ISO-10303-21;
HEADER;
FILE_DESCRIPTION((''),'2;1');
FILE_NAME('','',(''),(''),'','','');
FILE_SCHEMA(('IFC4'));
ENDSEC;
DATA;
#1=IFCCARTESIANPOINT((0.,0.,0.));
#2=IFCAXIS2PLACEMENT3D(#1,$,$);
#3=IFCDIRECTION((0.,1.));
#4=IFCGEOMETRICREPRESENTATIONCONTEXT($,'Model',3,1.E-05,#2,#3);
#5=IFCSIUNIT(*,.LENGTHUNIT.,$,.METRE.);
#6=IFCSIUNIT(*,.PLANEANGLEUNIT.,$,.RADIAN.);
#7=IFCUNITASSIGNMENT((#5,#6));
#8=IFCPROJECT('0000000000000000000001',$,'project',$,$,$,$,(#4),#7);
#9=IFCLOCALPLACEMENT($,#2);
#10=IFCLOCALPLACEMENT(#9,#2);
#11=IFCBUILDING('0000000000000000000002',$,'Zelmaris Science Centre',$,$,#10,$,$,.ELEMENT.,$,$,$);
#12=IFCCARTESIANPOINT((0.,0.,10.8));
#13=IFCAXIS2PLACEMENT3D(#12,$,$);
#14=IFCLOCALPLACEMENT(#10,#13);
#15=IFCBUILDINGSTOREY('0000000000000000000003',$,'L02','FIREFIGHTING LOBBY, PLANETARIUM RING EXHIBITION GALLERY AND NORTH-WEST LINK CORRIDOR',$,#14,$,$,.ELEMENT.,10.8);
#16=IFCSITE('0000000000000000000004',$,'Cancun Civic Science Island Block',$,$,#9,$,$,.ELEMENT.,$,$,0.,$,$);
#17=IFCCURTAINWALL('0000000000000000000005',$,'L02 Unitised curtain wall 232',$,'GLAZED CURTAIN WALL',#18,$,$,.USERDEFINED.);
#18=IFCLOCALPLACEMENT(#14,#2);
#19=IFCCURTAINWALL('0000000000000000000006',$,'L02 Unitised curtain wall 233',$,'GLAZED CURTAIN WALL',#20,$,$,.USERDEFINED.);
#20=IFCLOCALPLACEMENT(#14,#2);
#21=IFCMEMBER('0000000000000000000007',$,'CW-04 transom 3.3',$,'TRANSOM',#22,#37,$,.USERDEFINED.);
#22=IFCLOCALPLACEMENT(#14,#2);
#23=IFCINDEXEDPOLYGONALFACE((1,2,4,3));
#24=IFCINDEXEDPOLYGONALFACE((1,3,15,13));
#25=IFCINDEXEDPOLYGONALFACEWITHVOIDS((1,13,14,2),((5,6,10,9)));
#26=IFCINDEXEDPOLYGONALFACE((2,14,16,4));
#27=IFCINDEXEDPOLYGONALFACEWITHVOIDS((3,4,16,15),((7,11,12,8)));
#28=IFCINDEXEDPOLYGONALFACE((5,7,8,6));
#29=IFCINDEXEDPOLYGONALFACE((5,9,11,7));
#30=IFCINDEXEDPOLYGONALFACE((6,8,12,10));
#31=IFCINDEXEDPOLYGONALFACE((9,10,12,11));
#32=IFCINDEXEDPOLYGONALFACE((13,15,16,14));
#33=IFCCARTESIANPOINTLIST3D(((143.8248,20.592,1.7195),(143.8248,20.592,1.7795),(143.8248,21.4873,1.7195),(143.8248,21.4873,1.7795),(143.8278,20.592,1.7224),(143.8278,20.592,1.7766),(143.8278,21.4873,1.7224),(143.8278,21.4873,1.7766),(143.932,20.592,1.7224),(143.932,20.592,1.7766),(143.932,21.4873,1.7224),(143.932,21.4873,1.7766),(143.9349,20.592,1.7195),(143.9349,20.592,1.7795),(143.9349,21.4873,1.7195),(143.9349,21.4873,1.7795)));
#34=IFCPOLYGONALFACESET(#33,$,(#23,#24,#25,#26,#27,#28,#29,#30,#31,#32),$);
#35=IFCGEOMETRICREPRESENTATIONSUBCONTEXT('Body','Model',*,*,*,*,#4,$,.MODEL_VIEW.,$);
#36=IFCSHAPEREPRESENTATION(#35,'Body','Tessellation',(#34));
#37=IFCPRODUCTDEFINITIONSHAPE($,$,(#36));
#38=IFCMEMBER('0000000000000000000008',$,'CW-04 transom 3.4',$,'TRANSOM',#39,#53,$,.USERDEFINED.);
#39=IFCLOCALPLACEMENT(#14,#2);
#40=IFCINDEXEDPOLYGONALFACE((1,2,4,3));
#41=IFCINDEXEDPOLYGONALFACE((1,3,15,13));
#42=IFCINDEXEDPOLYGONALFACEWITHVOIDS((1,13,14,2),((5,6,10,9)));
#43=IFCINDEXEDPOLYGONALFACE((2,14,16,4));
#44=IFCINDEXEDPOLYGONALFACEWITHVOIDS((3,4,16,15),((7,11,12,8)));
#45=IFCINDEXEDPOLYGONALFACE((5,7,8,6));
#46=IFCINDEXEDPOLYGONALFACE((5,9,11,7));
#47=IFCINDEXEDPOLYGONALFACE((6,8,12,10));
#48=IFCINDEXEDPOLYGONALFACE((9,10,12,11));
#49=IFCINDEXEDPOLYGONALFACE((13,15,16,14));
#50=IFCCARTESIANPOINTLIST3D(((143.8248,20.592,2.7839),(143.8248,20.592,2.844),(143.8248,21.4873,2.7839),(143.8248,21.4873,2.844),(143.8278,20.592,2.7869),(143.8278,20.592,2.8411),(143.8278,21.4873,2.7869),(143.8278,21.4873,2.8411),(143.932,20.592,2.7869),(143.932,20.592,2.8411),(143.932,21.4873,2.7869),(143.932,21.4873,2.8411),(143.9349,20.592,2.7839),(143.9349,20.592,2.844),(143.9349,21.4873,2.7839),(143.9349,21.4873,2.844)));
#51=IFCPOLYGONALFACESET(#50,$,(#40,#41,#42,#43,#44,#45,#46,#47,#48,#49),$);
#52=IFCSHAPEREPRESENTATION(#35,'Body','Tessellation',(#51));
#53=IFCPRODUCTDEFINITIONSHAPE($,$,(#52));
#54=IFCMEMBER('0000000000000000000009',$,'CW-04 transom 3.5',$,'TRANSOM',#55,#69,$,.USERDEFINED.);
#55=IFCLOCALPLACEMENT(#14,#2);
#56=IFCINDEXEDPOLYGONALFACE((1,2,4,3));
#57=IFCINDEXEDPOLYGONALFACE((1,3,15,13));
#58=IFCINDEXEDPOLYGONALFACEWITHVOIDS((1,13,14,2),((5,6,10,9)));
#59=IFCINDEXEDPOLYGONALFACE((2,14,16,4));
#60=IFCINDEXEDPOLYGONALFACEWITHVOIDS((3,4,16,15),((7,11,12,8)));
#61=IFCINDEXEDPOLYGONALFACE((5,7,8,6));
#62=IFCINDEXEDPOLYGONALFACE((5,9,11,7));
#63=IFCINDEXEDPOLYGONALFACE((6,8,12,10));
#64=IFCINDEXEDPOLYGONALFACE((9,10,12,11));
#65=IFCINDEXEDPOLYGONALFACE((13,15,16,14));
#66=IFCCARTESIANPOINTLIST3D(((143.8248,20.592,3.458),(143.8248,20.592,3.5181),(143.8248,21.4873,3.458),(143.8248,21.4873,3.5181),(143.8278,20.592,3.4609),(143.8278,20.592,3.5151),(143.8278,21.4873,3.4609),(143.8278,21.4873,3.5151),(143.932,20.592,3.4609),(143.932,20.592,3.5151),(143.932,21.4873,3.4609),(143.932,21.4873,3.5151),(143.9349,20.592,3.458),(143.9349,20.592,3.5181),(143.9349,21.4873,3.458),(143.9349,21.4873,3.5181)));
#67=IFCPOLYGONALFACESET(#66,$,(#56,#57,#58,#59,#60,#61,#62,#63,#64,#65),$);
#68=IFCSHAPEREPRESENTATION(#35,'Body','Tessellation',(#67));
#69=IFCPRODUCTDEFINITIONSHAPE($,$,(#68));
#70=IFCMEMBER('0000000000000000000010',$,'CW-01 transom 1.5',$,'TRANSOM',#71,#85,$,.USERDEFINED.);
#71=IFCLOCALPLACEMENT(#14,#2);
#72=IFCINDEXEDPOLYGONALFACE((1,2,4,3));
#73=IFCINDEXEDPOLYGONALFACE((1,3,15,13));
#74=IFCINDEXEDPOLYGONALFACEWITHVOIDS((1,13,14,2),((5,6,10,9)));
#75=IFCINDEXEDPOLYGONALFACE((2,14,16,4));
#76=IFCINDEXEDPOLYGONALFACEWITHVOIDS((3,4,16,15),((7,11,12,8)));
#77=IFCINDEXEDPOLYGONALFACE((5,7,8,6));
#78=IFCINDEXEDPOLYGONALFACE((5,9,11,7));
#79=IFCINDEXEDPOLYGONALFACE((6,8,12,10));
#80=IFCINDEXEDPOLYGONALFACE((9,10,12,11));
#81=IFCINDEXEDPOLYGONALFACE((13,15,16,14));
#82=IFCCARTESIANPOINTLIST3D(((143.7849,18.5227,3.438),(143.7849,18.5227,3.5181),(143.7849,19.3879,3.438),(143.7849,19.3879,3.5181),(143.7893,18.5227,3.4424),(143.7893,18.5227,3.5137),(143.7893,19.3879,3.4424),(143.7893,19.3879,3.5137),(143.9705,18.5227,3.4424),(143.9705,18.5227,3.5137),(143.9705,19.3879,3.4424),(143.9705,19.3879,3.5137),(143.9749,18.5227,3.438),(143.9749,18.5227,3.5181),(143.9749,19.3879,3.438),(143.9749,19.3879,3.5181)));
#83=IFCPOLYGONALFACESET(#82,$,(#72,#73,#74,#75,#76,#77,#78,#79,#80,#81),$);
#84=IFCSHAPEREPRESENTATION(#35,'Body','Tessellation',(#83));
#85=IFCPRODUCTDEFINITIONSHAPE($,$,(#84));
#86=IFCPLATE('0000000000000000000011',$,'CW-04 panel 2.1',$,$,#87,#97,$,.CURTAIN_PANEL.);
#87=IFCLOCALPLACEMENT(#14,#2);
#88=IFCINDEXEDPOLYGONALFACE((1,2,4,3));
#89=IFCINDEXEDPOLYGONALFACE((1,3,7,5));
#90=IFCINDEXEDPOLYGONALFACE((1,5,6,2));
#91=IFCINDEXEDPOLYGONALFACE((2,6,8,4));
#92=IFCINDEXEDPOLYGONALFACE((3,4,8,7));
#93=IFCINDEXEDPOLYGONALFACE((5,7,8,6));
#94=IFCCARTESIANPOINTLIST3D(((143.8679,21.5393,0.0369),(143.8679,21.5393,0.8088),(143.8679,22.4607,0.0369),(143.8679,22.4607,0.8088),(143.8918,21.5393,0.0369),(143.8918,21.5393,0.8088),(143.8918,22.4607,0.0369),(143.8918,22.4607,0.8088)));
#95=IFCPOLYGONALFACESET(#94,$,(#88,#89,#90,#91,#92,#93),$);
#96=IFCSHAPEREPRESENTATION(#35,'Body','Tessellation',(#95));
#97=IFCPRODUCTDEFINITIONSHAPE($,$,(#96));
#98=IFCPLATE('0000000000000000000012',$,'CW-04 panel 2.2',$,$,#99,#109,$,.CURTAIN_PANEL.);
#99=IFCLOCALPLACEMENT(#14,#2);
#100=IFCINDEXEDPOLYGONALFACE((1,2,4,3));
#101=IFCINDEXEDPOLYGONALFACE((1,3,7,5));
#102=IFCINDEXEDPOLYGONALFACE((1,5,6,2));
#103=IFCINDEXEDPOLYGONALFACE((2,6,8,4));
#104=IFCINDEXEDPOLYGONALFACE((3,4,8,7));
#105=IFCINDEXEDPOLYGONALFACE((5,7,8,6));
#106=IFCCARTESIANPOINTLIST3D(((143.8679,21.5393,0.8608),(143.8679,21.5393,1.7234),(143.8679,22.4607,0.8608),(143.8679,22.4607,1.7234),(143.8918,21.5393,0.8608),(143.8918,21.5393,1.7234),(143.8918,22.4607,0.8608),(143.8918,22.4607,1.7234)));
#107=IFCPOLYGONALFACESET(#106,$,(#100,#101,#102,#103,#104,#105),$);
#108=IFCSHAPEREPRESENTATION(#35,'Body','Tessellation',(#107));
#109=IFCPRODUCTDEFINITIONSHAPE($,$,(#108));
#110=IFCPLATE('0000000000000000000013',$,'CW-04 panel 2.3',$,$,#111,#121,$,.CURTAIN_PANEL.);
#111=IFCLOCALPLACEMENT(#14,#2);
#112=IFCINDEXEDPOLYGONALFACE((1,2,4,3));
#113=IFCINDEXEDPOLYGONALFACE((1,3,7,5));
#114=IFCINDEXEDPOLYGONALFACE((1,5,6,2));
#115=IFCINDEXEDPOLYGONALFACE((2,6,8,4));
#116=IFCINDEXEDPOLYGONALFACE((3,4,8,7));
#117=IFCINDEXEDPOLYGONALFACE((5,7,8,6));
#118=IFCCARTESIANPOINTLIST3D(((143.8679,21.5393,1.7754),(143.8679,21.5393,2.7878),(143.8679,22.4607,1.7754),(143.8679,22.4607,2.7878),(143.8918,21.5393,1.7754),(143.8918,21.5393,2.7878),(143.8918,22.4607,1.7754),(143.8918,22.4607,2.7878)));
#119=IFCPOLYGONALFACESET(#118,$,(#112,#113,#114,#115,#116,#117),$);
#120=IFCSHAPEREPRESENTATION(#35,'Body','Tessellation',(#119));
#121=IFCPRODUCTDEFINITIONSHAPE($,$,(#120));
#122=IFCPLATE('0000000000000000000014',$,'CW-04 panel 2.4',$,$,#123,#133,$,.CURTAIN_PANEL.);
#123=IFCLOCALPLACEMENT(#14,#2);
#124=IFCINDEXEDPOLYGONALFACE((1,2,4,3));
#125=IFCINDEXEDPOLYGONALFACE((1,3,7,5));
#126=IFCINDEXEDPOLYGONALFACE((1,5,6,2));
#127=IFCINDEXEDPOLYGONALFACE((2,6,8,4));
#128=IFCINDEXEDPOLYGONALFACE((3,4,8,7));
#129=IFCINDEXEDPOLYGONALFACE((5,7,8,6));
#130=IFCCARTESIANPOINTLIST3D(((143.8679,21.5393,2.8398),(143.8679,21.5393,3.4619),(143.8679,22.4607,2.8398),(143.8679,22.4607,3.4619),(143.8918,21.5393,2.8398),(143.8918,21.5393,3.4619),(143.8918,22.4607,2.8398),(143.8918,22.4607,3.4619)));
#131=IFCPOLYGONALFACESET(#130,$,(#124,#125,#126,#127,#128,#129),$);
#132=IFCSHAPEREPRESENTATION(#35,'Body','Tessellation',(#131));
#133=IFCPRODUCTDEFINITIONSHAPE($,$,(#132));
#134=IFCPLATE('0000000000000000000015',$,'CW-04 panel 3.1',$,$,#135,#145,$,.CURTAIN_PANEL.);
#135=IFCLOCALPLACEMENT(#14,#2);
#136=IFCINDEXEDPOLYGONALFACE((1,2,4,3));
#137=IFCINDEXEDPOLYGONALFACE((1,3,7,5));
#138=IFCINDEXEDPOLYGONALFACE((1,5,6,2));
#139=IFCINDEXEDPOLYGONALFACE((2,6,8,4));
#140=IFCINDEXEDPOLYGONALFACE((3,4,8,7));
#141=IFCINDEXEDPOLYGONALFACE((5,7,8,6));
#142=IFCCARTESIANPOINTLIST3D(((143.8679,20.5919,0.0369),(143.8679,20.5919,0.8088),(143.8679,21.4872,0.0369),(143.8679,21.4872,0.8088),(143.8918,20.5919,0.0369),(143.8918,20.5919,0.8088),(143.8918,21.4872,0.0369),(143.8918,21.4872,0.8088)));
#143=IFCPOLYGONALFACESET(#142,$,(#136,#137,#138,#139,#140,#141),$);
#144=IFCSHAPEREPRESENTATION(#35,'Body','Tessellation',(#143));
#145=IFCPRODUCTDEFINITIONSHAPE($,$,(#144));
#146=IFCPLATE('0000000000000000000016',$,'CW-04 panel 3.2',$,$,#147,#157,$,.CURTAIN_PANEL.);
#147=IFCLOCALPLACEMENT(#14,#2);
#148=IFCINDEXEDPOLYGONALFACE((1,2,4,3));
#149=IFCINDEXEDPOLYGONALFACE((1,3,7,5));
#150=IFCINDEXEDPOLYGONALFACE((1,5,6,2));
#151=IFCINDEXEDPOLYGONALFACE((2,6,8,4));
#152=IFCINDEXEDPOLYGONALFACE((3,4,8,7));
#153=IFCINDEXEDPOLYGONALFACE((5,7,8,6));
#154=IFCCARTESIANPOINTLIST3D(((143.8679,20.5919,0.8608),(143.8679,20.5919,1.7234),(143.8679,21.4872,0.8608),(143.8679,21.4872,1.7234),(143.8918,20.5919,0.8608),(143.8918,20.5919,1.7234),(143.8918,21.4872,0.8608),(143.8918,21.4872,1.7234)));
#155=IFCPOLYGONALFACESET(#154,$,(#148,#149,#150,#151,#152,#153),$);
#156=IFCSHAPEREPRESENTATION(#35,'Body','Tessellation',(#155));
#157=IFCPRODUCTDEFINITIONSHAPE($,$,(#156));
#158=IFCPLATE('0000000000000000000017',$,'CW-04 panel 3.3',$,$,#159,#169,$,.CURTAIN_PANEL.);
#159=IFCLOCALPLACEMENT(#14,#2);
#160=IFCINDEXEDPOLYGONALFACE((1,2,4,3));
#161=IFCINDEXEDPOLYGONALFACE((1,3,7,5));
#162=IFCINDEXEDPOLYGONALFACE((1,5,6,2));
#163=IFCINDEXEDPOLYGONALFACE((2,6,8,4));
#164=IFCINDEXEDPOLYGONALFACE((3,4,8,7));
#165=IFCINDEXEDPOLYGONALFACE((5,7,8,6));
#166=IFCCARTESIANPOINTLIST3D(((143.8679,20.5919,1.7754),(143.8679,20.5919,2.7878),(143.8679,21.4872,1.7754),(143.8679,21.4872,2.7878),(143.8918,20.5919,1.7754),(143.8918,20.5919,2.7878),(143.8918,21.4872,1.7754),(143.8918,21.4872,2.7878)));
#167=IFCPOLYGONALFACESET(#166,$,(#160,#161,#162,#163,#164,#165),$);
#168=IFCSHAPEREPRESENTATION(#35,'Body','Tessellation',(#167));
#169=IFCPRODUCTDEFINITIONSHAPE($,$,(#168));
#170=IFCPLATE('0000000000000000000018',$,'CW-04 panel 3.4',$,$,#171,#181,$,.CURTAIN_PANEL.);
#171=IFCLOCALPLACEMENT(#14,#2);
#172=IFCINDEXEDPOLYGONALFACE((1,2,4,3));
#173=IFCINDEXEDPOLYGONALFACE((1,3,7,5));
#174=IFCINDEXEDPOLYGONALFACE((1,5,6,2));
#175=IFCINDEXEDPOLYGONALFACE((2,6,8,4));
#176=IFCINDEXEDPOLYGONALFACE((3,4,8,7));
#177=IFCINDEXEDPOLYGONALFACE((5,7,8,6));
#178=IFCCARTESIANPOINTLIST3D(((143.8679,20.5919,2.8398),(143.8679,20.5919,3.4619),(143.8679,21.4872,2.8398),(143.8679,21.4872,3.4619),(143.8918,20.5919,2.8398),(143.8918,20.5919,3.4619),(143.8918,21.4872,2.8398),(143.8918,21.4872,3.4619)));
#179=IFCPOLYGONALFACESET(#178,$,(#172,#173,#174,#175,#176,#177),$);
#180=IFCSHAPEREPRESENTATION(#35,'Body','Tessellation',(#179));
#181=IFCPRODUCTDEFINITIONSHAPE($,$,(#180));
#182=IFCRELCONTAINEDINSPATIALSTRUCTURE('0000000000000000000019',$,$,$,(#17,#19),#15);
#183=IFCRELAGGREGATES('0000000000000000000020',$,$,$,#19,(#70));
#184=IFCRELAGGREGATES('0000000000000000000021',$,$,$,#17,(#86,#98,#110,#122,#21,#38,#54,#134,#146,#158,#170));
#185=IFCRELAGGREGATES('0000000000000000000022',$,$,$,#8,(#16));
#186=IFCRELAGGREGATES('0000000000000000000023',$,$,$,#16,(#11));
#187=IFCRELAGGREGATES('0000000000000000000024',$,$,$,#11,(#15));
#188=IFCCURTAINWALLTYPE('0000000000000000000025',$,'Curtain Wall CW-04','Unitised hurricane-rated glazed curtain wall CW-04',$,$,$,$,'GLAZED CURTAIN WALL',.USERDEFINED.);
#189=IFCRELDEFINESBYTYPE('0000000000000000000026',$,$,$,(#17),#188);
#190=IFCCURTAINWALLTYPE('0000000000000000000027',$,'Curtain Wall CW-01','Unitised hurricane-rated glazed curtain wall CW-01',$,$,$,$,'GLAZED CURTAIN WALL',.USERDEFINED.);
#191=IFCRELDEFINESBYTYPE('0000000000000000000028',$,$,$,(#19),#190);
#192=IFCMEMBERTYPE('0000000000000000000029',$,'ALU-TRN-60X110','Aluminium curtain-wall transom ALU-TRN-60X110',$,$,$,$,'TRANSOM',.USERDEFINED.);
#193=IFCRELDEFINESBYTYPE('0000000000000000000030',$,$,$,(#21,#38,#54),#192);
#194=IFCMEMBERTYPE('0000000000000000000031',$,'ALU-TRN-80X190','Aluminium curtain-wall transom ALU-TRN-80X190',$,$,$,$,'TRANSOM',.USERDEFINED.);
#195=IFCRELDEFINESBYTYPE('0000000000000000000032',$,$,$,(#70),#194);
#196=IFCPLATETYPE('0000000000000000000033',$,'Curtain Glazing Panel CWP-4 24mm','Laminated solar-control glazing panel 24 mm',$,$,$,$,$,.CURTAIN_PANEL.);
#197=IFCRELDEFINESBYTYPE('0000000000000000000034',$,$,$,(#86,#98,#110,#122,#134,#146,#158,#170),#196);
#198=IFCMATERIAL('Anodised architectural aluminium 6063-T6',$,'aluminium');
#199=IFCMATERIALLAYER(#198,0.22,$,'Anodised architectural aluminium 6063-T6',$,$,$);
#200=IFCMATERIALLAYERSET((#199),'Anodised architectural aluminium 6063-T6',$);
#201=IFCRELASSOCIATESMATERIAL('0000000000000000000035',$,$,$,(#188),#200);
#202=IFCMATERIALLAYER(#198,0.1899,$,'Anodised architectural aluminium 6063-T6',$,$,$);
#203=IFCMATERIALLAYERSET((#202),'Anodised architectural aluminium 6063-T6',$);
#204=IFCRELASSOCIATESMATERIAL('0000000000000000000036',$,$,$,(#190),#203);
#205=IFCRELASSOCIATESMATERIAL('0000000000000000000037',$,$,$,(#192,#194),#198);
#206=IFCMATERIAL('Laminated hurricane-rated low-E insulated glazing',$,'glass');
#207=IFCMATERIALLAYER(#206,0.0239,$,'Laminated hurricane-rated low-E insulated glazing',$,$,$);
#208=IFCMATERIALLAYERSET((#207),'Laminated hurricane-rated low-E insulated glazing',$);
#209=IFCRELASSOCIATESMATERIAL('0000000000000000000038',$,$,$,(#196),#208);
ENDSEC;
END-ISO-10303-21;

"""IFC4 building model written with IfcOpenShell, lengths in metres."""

from ifc_helpers import new_model, si_unit, direction, frame, origin, origin_2d, place, context, subcontext, project, spatial, rectangle, hollow_rectangle, extrude, material, layer, layer_set, material_profile, profile_set, type_object, element, aggregate, save


model = new_model("IFC4")

# Units and contexts
model_context = context("Model", 3, precision=1e-05, world=origin(), true_north=direction((0.0, 1.0)))
body_context = subcontext(model_context, "Body", "Model", "MODEL_VIEW")
ifc_project = project(units=[si_unit("LENGTHUNIT", "METRE"), si_unit("PLANEANGLEUNIT", "RADIAN")], contexts=[model_context])

# Site, building, storey
site_placement = place(None, origin())
site = spatial("IfcSite", under=ifc_project, at=site_placement, Name="Cancun Civic Science Island Block", CompositionType="ELEMENT", RefElevation=0.0)
building_placement = place(site_placement, origin())
building = spatial("IfcBuilding", under=site, at=building_placement, Name="Zelmaris Science Centre", CompositionType="ELEMENT")
storey_placement = place(building_placement, frame((0.0, 0.0, 10.8)))
storey = spatial("IfcBuildingStorey", under=building, at=storey_placement, Name="L02", Description="FIREFIGHTING LOBBY, PLANETARIUM RING EXHIBITION GALLERY AND NORTH-WEST LINK CORRIDOR", CompositionType="ELEMENT", Elevation=10.8)

# Curtain wall
ifc_material_1 = material(Name="Anodised architectural aluminium 6063-T6", Category="aluminium")
ifc_layer_1 = layer(ifc_material_1, 0.22, Name="Anodised architectural aluminium 6063-T6")
ifc_layer_set_1 = layer_set([ifc_layer_1], Name="Anodised architectural aluminium 6063-T6")
curtain_wall_type_1 = type_object("IfcCurtainWallType", Name="Curtain Wall CW-04", Description="Unitised hurricane-rated glazed curtain wall CW-04", ElementType="GLAZED CURTAIN WALL", PredefinedType="USERDEFINED", material=ifc_layer_set_1)
curtain_wall_1_placement = place(storey_placement, origin())
curtain_wall_1 = element("IfcCurtainWall", 1, at=curtain_wall_1_placement, inside=storey, type_object=curtain_wall_type_1, Name="L02 Unitised curtain wall 232", ObjectType="GLAZED CURTAIN WALL", PredefinedType="USERDEFINED")

# Curtain wall
ifc_layer_2 = layer(ifc_material_1, 0.1899, Name="Anodised architectural aluminium 6063-T6")
ifc_layer_set_2 = layer_set([ifc_layer_2], Name="Anodised architectural aluminium 6063-T6")
curtain_wall_type_2 = type_object("IfcCurtainWallType", Name="Curtain Wall CW-01", Description="Unitised hurricane-rated glazed curtain wall CW-01", ElementType="GLAZED CURTAIN WALL", PredefinedType="USERDEFINED", material=ifc_layer_set_2)
curtain_wall_2_placement = place(storey_placement, origin())
curtain_wall_2 = element("IfcCurtainWall", 2, at=curtain_wall_2_placement, inside=storey, type_object=curtain_wall_type_2, Name="L02 Unitised curtain wall 233", ObjectType="GLAZED CURTAIN WALL", PredefinedType="USERDEFINED")

# Members
ifc_material_profile_1 = material_profile(ifc_material_1, hollow_rectangle(XDim=0.0601, YDim=0.1101, WallThickness=0.0029, at=origin_2d()), Name="ALU-TRN-60X110")
ifc_profile_set_1 = profile_set([ifc_material_profile_1], Name="Anodised architectural aluminium 6063-T6")
member_type_1 = type_object("IfcMemberType", Name="ALU-TRN-60X110", Description="Aluminium curtain-wall transom ALU-TRN-60X110", ElementType="TRANSOM", PredefinedType="USERDEFINED", material=ifc_profile_set_1)
member_1_placement = place(storey_placement, frame((143.8799, 21.4873, 1.7495), z_axis=(0.0, -1.0, 0.0), x_axis=(0.0, 0.0, 1.0)))
member_1 = element("IfcMember", 3, at=member_1_placement, type_object=member_type_1, Name="CW-04 transom 3.3", ObjectType="TRANSOM", PredefinedType="USERDEFINED", context=body_context, shape_type="SweptSolid", body=[
    extrude(hollow_rectangle(XDim=0.0601, YDim=0.1101, WallThickness=0.0029, at=origin_2d()), origin(), (0.0, 0.0, 1.0), 0.8953),
])
member_2_placement = place(storey_placement, frame((143.8799, 21.4873, 2.814), z_axis=(0.0, -1.0, 0.0), x_axis=(0.0, 0.0, 1.0)))
member_2 = element("IfcMember", 4, at=member_2_placement, type_object=member_type_1, Name="CW-04 transom 3.4", ObjectType="TRANSOM", PredefinedType="USERDEFINED", context=body_context, shape_type="SweptSolid", body=[
    extrude(hollow_rectangle(XDim=0.0601, YDim=0.1101, WallThickness=0.0029, at=origin_2d()), origin(), (0.0, 0.0, 1.0), 0.8953),
])
member_3_placement = place(storey_placement, frame((143.8799, 21.4873, 3.488), z_axis=(0.0, -1.0, 0.0), x_axis=(0.0, 0.0, 1.0)))
member_3 = element("IfcMember", 5, at=member_3_placement, type_object=member_type_1, Name="CW-04 transom 3.5", ObjectType="TRANSOM", PredefinedType="USERDEFINED", context=body_context, shape_type="SweptSolid", body=[
    extrude(hollow_rectangle(XDim=0.0601, YDim=0.1101, WallThickness=0.0029, at=origin_2d()), origin(), (0.0, 0.0, 1.0), 0.8953),
])
ifc_material_profile_2 = material_profile(ifc_material_1, hollow_rectangle(XDim=0.0801, YDim=0.1899, WallThickness=0.0044, at=origin_2d()), Name="ALU-TRN-80X190")
ifc_profile_set_2 = profile_set([ifc_material_profile_2], Name="Anodised architectural aluminium 6063-T6")
member_type_2 = type_object("IfcMemberType", Name="ALU-TRN-80X190", Description="Aluminium curtain-wall transom ALU-TRN-80X190", ElementType="TRANSOM", PredefinedType="USERDEFINED", material=ifc_profile_set_2)
member_4_placement = place(storey_placement, frame((143.8799, 19.3879, 3.478), z_axis=(0.0, -1.0, 0.0), x_axis=(0.0, 0.0, 1.0)))
member_4 = element("IfcMember", 6, at=member_4_placement, type_object=member_type_2, Name="CW-01 transom 1.5", ObjectType="TRANSOM", PredefinedType="USERDEFINED", context=body_context, shape_type="SweptSolid", body=[
    extrude(hollow_rectangle(XDim=0.0801, YDim=0.1899, WallThickness=0.0044, at=origin_2d()), origin(), (0.0, 0.0, 1.0), 0.8652),
])
aggregate(curtain_wall_2, [member_4])

# Plates
ifc_material_2 = material(Name="Laminated hurricane-rated low-E insulated glazing", Category="glass")
ifc_layer_3 = layer(ifc_material_2, 0.0239, Name="Laminated hurricane-rated low-E insulated glazing")
ifc_layer_set_3 = layer_set([ifc_layer_3], Name="Laminated hurricane-rated low-E insulated glazing")
plate_type = type_object("IfcPlateType", Name="Curtain Glazing Panel CWP-4 24mm", Description="Laminated solar-control glazing panel 24 mm", PredefinedType="CURTAIN_PANEL", material=ifc_layer_set_3)
plate_1_placement = place(storey_placement, frame((143.8799, 22.0, 0.0369), z_axis=(0.0, 0.0, 1.0), x_axis=(0.0, -1.0, 0.0)))
plate_1 = element("IfcPlate", 7, at=plate_1_placement, type_object=plate_type, Name="CW-04 panel 2.1", PredefinedType="CURTAIN_PANEL", context=body_context, shape_type="SweptSolid", body=[
    extrude(rectangle(XDim=0.9214, YDim=0.0239, at=origin_2d()), origin(), (0.0, 0.0, 1.0), 0.772),
])
plate_2_placement = place(storey_placement, frame((143.8799, 22.0, 0.8608), z_axis=(0.0, 0.0, 1.0), x_axis=(0.0, -1.0, 0.0)))
plate_2 = element("IfcPlate", 8, at=plate_2_placement, type_object=plate_type, Name="CW-04 panel 2.2", PredefinedType="CURTAIN_PANEL", context=body_context, shape_type="SweptSolid", body=[
    extrude(rectangle(XDim=0.9214, YDim=0.0239, at=origin_2d()), origin(), (0.0, 0.0, 1.0), 0.8625),
])
plate_3_placement = place(storey_placement, frame((143.8799, 22.0, 1.7754), z_axis=(0.0, 0.0, 1.0), x_axis=(0.0, -1.0, 0.0)))
plate_3 = element("IfcPlate", 9, at=plate_3_placement, type_object=plate_type, Name="CW-04 panel 2.3", PredefinedType="CURTAIN_PANEL", context=body_context, shape_type="SweptSolid", body=[
    extrude(rectangle(XDim=0.9214, YDim=0.0239, at=origin_2d()), origin(), (0.0, 0.0, 1.0), 1.0125),
])
plate_4_placement = place(storey_placement, frame((143.8799, 22.0, 2.8398), z_axis=(0.0, 0.0, 1.0), x_axis=(0.0, -1.0, 0.0)))
plate_4 = element("IfcPlate", 10, at=plate_4_placement, type_object=plate_type, Name="CW-04 panel 2.4", PredefinedType="CURTAIN_PANEL", context=body_context, shape_type="SweptSolid", body=[
    extrude(rectangle(XDim=0.9214, YDim=0.0239, at=origin_2d()), origin(), (0.0, 0.0, 1.0), 0.6221),
])
plate_5_placement = place(storey_placement, frame((143.8799, 21.0396, 0.0369), z_axis=(0.0, 0.0, 1.0), x_axis=(0.0, -1.0, 0.0)))
plate_5 = element("IfcPlate", 11, at=plate_5_placement, type_object=plate_type, Name="CW-04 panel 3.1", PredefinedType="CURTAIN_PANEL", context=body_context, shape_type="SweptSolid", body=[
    extrude(rectangle(XDim=0.8953, YDim=0.0239, at=origin_2d()), origin(), (0.0, 0.0, 1.0), 0.772),
])
plate_6_placement = place(storey_placement, frame((143.8799, 21.0396, 0.8608), z_axis=(0.0, 0.0, 1.0), x_axis=(0.0, -1.0, 0.0)))
plate_6 = element("IfcPlate", 12, at=plate_6_placement, type_object=plate_type, Name="CW-04 panel 3.2", PredefinedType="CURTAIN_PANEL", context=body_context, shape_type="SweptSolid", body=[
    extrude(rectangle(XDim=0.8953, YDim=0.0239, at=origin_2d()), origin(), (0.0, 0.0, 1.0), 0.8625),
])
plate_7_placement = place(storey_placement, frame((143.8799, 21.0396, 1.7754), z_axis=(0.0, 0.0, 1.0), x_axis=(0.0, -1.0, 0.0)))
plate_7 = element("IfcPlate", 13, at=plate_7_placement, type_object=plate_type, Name="CW-04 panel 3.3", PredefinedType="CURTAIN_PANEL", context=body_context, shape_type="SweptSolid", body=[
    extrude(rectangle(XDim=0.8953, YDim=0.0239, at=origin_2d()), origin(), (0.0, 0.0, 1.0), 1.0125),
])
plate_8_placement = place(storey_placement, frame((143.8799, 21.0396, 2.8398), z_axis=(0.0, 0.0, 1.0), x_axis=(0.0, -1.0, 0.0)))
plate_8 = element("IfcPlate", 14, at=plate_8_placement, type_object=plate_type, Name="CW-04 panel 3.4", PredefinedType="CURTAIN_PANEL", context=body_context, shape_type="SweptSolid", body=[
    extrude(rectangle(XDim=0.8953, YDim=0.0239, at=origin_2d()), origin(), (0.0, 0.0, 1.0), 0.6221),
])
aggregate(curtain_wall_1, [plate_1, plate_2, plate_3, plate_4, member_1, member_2, member_3, plate_5, plate_6, plate_7, plate_8])

save(model, "model.ifc")
